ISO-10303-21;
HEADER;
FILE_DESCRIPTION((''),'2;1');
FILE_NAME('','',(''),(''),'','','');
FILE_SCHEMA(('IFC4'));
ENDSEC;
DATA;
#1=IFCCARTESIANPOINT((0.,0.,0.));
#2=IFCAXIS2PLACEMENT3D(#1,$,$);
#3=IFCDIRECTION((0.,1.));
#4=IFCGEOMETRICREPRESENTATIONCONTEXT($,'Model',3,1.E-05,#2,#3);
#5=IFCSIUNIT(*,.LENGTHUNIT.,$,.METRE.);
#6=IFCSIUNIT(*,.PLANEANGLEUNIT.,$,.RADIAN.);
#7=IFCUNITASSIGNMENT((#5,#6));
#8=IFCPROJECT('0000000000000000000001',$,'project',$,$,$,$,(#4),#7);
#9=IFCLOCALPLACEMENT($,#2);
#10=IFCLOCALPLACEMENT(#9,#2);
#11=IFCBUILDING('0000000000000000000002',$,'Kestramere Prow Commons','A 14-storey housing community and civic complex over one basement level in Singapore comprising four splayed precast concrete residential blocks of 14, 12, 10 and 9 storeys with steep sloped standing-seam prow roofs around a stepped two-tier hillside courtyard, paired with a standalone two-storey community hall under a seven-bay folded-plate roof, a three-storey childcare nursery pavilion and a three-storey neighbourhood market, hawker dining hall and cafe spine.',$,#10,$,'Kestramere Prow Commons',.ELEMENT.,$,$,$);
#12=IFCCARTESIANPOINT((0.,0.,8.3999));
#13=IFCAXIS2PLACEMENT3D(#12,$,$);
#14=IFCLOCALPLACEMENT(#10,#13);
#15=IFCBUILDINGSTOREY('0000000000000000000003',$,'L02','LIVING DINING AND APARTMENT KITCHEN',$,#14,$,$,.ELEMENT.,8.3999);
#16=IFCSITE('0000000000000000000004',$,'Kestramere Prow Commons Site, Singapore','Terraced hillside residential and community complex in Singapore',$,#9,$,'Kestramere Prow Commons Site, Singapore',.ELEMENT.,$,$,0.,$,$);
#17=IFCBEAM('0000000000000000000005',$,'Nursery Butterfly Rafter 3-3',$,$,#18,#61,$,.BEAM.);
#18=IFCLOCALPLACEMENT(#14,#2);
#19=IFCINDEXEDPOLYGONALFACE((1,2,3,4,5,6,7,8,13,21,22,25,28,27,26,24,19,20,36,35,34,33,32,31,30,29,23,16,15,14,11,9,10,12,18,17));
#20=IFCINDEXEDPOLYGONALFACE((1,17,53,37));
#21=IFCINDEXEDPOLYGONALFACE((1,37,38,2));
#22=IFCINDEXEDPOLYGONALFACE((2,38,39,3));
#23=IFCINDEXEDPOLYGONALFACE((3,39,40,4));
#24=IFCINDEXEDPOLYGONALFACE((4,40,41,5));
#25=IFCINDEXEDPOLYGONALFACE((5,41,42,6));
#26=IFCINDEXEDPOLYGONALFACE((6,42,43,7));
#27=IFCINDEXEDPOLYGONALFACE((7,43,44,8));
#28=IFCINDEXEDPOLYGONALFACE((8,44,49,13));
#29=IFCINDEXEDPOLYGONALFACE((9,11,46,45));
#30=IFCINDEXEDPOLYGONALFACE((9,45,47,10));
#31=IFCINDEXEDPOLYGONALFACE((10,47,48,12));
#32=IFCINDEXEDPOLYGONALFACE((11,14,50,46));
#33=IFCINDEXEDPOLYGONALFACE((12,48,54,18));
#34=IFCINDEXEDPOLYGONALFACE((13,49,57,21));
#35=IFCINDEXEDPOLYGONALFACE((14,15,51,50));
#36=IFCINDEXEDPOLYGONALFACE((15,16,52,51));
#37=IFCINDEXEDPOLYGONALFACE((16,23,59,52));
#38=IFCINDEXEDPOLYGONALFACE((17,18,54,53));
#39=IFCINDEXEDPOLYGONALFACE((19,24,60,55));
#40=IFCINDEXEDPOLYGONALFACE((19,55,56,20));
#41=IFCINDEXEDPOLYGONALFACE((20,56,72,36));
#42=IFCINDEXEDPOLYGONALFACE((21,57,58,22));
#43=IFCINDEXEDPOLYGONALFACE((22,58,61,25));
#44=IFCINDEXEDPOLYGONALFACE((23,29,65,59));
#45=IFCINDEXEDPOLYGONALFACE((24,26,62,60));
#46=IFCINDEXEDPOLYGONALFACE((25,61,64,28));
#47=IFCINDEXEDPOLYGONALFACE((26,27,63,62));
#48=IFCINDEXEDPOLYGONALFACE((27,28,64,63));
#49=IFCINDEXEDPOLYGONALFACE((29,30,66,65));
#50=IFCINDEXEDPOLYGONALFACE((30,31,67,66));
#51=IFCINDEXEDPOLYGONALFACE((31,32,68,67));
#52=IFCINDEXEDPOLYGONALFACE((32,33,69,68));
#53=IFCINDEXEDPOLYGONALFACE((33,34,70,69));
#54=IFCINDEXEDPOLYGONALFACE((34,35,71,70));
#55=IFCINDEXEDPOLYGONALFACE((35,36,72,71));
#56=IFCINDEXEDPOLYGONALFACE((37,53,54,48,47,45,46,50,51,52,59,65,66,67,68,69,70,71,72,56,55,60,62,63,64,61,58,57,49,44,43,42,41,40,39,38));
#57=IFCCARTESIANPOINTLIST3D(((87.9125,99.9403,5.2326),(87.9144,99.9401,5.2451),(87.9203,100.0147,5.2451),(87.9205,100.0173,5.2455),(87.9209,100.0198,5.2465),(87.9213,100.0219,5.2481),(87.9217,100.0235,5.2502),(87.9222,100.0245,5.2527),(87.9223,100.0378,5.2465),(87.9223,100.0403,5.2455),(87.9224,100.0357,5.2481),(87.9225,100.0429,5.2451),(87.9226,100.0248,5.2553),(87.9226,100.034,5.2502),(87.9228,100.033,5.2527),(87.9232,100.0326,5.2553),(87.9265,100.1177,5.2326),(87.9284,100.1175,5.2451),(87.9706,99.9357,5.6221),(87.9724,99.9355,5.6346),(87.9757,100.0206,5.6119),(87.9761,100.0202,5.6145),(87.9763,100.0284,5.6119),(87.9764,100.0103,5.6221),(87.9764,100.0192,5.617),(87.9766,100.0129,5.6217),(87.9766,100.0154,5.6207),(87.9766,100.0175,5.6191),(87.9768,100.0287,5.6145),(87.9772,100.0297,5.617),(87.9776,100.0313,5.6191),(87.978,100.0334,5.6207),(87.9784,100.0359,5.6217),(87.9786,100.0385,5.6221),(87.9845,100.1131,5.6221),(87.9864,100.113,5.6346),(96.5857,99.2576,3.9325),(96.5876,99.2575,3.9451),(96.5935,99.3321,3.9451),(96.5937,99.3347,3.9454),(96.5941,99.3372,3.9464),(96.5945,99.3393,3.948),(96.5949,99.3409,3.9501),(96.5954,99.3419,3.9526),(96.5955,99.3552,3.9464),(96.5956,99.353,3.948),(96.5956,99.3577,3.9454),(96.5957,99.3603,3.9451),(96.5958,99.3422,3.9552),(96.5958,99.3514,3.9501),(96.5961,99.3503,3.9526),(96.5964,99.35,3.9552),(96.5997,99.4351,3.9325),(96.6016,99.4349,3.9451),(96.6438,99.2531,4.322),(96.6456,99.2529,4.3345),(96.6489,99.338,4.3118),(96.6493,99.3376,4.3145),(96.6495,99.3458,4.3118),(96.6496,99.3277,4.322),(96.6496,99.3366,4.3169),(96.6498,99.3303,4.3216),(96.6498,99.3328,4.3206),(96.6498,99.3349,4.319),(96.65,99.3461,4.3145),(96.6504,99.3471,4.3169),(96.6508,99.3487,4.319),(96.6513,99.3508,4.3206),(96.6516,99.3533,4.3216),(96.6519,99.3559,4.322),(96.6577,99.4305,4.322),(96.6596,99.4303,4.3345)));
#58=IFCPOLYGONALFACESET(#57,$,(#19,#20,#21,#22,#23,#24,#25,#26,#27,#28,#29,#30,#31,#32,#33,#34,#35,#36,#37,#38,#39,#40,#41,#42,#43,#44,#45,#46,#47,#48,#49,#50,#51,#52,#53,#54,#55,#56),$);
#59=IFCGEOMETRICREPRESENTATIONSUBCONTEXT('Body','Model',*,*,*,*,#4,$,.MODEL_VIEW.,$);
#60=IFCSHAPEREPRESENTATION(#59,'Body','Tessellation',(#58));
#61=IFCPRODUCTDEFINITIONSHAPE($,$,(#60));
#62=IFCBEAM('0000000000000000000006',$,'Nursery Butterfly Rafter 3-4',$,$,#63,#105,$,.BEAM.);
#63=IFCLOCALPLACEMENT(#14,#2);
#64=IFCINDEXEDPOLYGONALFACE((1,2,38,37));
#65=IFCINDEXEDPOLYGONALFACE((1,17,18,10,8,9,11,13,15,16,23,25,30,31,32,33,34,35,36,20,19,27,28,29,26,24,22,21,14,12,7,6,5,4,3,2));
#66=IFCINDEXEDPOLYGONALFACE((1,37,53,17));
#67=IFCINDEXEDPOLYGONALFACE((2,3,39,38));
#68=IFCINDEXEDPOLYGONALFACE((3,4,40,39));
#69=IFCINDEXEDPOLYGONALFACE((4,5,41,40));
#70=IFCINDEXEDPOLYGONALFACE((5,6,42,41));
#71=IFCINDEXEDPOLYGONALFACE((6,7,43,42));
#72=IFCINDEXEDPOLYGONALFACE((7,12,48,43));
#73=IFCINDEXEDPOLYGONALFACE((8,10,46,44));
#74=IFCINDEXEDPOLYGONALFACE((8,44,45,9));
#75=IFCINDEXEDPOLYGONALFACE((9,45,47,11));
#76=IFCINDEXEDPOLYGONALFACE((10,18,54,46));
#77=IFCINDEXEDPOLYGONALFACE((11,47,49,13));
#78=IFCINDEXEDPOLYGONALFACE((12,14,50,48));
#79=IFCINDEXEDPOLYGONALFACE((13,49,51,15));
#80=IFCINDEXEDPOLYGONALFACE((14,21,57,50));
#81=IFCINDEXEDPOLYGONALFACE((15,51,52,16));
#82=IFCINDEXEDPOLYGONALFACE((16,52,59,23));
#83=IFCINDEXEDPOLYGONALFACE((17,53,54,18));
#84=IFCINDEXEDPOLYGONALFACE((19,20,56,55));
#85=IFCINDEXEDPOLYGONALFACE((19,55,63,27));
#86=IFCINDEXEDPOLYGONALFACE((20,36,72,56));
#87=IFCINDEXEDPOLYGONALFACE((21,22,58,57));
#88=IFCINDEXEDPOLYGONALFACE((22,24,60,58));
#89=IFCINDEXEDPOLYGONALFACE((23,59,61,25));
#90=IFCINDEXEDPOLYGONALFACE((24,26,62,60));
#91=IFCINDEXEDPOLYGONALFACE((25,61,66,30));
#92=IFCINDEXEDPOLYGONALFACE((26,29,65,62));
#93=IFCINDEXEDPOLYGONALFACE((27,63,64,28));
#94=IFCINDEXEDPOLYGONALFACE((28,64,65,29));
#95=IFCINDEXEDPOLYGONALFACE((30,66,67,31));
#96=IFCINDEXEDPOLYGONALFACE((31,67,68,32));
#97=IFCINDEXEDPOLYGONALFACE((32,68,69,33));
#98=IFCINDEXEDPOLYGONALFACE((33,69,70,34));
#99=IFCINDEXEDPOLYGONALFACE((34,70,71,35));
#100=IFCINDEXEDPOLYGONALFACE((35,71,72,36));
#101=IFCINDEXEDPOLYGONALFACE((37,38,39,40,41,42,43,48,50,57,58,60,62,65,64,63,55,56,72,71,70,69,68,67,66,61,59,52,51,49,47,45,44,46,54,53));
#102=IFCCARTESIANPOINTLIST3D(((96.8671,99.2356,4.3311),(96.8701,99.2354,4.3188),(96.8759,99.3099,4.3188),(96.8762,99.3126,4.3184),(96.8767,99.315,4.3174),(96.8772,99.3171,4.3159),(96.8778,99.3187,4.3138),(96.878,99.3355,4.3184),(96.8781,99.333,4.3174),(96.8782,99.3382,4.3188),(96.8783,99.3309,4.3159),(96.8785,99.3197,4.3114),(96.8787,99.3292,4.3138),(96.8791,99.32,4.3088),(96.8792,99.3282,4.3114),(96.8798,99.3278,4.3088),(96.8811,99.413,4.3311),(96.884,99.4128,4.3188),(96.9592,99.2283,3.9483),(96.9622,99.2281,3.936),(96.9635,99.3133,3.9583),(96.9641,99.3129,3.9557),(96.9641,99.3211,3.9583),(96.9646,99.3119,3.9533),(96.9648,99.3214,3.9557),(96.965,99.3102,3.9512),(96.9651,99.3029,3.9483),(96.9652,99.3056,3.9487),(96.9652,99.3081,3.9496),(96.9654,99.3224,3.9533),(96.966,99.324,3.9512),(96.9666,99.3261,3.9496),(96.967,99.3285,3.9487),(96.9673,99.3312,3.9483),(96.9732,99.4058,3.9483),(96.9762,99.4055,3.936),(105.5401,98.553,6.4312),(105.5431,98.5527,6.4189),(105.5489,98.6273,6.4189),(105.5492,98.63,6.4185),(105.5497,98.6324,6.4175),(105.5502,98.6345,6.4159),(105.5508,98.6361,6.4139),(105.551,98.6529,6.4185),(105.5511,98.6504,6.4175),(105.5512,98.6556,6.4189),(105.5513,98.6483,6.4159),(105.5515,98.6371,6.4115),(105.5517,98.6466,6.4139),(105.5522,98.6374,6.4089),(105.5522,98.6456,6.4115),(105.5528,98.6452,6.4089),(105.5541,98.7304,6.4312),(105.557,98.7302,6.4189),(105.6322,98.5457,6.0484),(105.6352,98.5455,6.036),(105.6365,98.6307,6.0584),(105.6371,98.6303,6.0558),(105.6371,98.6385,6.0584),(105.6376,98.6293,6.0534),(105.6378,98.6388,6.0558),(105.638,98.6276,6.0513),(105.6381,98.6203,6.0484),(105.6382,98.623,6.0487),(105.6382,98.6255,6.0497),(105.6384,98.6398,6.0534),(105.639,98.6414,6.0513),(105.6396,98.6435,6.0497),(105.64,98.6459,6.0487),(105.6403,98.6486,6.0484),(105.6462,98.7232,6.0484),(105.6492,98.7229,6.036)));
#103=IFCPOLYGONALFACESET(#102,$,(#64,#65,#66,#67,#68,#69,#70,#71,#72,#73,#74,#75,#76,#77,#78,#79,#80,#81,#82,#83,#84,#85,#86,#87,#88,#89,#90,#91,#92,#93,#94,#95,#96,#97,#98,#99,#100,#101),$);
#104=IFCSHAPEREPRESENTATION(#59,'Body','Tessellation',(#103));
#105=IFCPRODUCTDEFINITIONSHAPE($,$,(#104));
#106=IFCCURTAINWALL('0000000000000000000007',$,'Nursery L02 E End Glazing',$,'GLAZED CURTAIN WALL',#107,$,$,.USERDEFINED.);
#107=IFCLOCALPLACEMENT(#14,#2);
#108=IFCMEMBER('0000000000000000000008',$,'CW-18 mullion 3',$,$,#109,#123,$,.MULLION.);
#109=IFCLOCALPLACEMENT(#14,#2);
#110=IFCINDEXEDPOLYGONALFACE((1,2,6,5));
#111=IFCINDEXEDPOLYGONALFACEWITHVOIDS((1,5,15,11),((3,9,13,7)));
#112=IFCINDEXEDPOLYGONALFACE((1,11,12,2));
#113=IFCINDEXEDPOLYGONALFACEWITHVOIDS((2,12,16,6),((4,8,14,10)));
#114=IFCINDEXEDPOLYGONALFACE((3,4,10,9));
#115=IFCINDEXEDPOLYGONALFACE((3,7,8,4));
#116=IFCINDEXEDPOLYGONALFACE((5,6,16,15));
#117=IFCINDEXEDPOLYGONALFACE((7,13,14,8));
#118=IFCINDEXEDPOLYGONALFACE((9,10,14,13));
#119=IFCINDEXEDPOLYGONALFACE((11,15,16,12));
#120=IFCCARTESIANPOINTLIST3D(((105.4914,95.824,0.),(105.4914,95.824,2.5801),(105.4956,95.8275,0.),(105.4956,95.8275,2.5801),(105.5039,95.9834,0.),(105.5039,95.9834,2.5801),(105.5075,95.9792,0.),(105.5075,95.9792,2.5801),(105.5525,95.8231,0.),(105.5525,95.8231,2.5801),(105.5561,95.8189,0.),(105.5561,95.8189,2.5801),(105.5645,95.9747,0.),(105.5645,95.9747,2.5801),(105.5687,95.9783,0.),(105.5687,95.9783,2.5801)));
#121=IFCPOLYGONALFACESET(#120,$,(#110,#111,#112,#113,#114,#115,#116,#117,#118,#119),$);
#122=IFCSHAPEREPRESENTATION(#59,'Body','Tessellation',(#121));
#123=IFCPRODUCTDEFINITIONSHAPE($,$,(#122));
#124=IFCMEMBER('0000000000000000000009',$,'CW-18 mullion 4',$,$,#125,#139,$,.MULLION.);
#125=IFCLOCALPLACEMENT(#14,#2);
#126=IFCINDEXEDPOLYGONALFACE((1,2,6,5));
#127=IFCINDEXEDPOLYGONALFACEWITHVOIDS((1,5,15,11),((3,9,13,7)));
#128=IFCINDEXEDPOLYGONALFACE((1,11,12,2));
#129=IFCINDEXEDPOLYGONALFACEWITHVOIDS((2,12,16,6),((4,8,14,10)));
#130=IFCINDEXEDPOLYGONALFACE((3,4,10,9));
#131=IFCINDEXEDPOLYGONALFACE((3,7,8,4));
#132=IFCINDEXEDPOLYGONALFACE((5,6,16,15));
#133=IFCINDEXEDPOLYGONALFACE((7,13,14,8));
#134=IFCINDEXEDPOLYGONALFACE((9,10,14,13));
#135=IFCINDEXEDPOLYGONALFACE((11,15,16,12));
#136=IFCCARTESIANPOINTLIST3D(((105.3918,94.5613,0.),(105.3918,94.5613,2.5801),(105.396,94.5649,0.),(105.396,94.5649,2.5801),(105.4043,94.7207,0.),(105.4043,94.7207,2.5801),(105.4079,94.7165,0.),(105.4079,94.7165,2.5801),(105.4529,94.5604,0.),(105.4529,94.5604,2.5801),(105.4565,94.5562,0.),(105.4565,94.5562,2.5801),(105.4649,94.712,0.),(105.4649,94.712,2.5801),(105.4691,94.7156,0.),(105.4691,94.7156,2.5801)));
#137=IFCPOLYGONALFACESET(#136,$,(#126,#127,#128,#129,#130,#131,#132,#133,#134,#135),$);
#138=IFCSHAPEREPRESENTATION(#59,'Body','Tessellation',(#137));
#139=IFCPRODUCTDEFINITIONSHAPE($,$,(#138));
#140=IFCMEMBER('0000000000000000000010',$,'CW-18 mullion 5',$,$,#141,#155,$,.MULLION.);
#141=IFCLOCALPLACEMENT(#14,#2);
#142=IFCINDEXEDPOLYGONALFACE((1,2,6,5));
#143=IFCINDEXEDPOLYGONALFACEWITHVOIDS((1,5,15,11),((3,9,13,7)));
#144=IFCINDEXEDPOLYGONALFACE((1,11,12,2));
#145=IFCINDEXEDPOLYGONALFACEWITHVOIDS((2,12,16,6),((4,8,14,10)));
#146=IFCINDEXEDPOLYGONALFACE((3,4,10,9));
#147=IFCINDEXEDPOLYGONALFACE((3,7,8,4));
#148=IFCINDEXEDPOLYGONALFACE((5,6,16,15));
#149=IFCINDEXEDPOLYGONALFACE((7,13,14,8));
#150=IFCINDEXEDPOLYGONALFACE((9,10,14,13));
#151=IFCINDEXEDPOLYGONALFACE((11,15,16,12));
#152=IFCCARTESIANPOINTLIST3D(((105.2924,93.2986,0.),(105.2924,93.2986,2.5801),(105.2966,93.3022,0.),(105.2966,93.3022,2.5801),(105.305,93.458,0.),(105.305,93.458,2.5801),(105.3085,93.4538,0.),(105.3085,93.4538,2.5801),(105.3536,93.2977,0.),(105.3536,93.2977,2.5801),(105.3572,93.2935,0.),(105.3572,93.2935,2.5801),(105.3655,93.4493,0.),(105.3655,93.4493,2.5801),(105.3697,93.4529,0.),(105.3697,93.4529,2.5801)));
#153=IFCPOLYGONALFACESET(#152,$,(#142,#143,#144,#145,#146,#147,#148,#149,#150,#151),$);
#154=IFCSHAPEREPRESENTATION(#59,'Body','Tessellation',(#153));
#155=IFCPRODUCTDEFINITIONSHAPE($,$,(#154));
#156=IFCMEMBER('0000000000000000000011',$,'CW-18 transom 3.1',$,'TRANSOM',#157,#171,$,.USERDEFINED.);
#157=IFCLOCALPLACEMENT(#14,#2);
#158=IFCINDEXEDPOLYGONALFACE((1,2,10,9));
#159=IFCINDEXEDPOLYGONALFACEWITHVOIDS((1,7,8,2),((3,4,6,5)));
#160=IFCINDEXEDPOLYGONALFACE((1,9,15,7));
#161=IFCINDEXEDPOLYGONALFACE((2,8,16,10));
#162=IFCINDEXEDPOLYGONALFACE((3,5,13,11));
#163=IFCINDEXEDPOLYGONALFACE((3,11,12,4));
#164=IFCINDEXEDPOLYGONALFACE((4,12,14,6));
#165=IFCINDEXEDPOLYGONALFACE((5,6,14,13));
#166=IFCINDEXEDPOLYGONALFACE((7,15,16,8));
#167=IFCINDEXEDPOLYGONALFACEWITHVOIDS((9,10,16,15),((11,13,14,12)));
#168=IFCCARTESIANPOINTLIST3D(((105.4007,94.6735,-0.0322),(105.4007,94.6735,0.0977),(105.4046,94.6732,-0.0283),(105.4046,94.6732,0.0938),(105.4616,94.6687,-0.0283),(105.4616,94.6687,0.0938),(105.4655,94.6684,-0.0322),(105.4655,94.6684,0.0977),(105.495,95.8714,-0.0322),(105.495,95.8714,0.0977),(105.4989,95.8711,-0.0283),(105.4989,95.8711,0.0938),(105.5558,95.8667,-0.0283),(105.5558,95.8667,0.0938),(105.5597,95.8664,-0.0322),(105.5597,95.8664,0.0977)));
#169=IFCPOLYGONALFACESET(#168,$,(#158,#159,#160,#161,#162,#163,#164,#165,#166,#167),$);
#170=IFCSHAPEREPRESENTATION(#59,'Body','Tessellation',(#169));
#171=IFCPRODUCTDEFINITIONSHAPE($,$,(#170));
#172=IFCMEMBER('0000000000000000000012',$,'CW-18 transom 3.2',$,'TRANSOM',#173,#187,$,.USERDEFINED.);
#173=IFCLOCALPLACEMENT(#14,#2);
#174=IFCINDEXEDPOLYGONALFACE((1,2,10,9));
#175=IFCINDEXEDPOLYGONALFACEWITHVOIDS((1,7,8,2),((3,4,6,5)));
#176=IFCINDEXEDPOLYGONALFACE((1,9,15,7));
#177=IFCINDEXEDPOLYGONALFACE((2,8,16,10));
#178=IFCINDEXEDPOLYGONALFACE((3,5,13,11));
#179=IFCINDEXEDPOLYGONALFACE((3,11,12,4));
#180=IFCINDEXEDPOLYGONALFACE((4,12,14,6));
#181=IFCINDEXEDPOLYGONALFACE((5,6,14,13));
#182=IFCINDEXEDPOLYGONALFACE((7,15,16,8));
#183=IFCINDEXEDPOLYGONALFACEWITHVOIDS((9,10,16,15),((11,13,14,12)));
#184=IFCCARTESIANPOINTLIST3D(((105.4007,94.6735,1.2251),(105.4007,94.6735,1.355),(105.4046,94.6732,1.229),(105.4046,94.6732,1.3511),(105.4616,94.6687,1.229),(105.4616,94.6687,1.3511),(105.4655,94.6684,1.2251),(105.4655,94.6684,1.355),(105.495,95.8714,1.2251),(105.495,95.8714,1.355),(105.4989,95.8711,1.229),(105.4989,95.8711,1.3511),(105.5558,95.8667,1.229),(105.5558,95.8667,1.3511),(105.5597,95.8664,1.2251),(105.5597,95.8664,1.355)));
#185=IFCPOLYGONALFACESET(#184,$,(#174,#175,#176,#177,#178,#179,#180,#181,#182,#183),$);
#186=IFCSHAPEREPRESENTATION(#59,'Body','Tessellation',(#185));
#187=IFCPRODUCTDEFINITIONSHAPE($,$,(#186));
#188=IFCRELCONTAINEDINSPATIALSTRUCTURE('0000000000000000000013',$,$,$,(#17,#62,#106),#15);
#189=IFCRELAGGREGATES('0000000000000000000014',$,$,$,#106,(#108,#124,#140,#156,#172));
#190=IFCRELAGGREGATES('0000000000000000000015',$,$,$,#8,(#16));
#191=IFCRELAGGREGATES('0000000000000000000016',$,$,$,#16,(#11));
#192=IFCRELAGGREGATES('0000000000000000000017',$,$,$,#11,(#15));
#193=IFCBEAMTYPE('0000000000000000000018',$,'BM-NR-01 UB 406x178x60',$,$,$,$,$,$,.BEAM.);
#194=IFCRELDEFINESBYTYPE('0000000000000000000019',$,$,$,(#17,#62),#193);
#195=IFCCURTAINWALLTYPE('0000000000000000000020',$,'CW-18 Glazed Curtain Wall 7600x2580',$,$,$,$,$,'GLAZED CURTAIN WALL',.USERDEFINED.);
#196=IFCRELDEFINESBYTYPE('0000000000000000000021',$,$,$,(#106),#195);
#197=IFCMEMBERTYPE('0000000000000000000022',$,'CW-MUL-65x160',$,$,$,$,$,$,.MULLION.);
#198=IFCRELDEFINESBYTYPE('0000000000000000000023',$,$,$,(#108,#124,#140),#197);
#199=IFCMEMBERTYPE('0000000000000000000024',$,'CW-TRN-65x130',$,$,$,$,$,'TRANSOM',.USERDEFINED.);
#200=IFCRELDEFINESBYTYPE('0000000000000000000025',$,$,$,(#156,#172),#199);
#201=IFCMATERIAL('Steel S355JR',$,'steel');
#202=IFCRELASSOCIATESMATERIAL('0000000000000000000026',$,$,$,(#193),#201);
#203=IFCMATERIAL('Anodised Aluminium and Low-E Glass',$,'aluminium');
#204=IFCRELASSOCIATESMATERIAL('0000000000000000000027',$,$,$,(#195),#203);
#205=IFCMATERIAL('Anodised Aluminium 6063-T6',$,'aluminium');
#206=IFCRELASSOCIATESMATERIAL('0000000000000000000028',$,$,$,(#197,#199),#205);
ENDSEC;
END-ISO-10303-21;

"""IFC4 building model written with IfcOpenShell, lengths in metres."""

from ifc_helpers import new_model, si_unit, direction, frame, origin, origin_2d, place, context, subcontext, project, spatial, hollow_rectangle, i_section, extrude, material, material_profile, profile_set, type_object, element, aggregate, save


model = new_model("IFC4")

# Units and contexts
model_context = context("Model", 3, precision=1e-05, world=origin(), true_north=direction((0.0, 1.0)))
body_context = subcontext(model_context, "Body", "Model", "MODEL_VIEW")
ifc_project = project(units=[si_unit("LENGTHUNIT", "METRE"), si_unit("PLANEANGLEUNIT", "RADIAN")], contexts=[model_context])

# Site, building, storey
site_placement = place(None, origin())
site = spatial("IfcSite", under=ifc_project, at=site_placement, Name="Kestramere Prow Commons Site, Singapore", Description="Terraced hillside residential and community complex in Singapore", LongName="Kestramere Prow Commons Site, Singapore", CompositionType="ELEMENT", RefElevation=0.0)
building_placement = place(site_placement, origin())
building = spatial("IfcBuilding", under=site, at=building_placement, Name="Kestramere Prow Commons", Description="A 14-storey housing community and civic complex over one basement level in Singapore comprising four splayed precast concrete residential blocks of 14, 12, 10 and 9 storeys with steep sloped standing-seam prow roofs around a stepped two-tier hillside courtyard, paired with a standalone two-storey community hall under a seven-bay folded-plate roof, a three-storey childcare nursery pavilion and a three-storey neighbourhood market, hawker dining hall and cafe spine.", LongName="Kestramere Prow Commons", CompositionType="ELEMENT")
storey_placement = place(building_placement, frame((0.0, 0.0, 8.3999)))
storey = spatial("IfcBuildingStorey", under=building, at=storey_placement, Name="L02", Description="LIVING DINING AND APARTMENT KITCHEN", CompositionType="ELEMENT", Elevation=8.3999)

# Shared definitions
ifc_material_1 = material(Name="Steel S355JR", Category="steel")

# Beams
ifc_material_profile_1 = material_profile(ifc_material_1, i_section(OverallWidth=0.178, OverallDepth=0.4065, WebThickness=0.0078, FlangeThickness=0.0127, FilletRadius=0.0103, at=origin_2d()), Name="UB 406x178x60")
ifc_profile_set_1 = profile_set([ifc_material_profile_1], Name="Steel S355JR")
beam_type_1 = type_object("IfcBeamType", Name="BM-NR-01 UB 406x178x60", PredefinedType="BEAM", material=ifc_profile_set_1)
beam_1_placement = place(storey_placement, frame((87.9495, 100.0266, 5.4336), z_axis=(0.985969, -0.077601, -0.147791), x_axis=(0.078462, 0.996917, 0.0)))
element("IfcBeam", 1, at=beam_1_placement, inside=storey, type_object=beam_type_1, Name="Nursery Butterfly Rafter 3-3", PredefinedType="BEAM", context=body_context, shape_type="SweptSolid", body=[
    extrude(i_section(OverallWidth=0.178, OverallDepth=0.4065, WebThickness=0.0078, FlangeThickness=0.0127, FilletRadius=0.0103, at=origin_2d()), origin(), (0.0, 0.0, 1.0), 8.7966),
])
beam_2_placement = place(storey_placement, frame((96.9216, 99.3206, 4.1335), z_axis=(0.969082, -0.076272, 0.234653), x_axis=(0.078462, 0.996917, 0.0)))
element("IfcBeam", 2, at=beam_2_placement, inside=storey, type_object=beam_type_1, Name="Nursery Butterfly Rafter 3-4", PredefinedType="BEAM", context=body_context, shape_type="SweptSolid", body=[
    extrude(i_section(OverallWidth=0.178, OverallDepth=0.4065, WebThickness=0.0078, FlangeThickness=0.0127, FilletRadius=0.0103, at=origin_2d()), origin(), (0.0, 0.0, 1.0), 8.9497),
])

# Curtain wall, members
ifc_material_2 = material(Name="Anodised Aluminium and Low-E Glass", Category="aluminium")
curtain_wall_type = type_object("IfcCurtainWallType", Name="CW-18 Glazed Curtain Wall 7600x2580", ElementType="GLAZED CURTAIN WALL", PredefinedType="USERDEFINED", material=ifc_material_2)
curtain_wall_placement = place(storey_placement, origin())
curtain_wall = element("IfcCurtainWall", 3, at=curtain_wall_placement, inside=storey, type_object=curtain_wall_type, Name="Nursery L02 E End Glazing", ObjectType="GLAZED CURTAIN WALL", PredefinedType="USERDEFINED")
ifc_material_3 = material(Name="Anodised Aluminium 6063-T6", Category="aluminium")
ifc_material_profile_2 = material_profile(ifc_material_3, hollow_rectangle(XDim=0.0649, YDim=0.1599, WallThickness=0.0039, at=origin_2d()), Name="ALU-MUL 65x160")
ifc_profile_set_2 = profile_set([ifc_material_profile_2], Name="Anodised Aluminium 6063-T6")
member_type_1 = type_object("IfcMemberType", Name="CW-MUL-65x160", PredefinedType="MULLION", material=ifc_profile_set_2)
member_1_placement = place(storey_placement, frame((105.53, 95.9011, 0.0), z_axis=(0.0, 0.0, 1.0), x_axis=(0.996917, -0.078459, 0.0)))
member_1 = element("IfcMember", 4, at=member_1_placement, type_object=member_type_1, Name="CW-18 mullion 3", PredefinedType="MULLION", context=body_context, shape_type="SweptSolid", body=[
    extrude(hollow_rectangle(XDim=0.0649, YDim=0.1599, WallThickness=0.0039, at=origin_2d()), origin(), (0.0, 0.0, 1.0), 2.5801),
])
member_2_placement = place(storey_placement, frame((105.4304, 94.6384, 0.0), z_axis=(0.0, 0.0, 1.0), x_axis=(0.996917, -0.078459, 0.0)))
member_2 = element("IfcMember", 5, at=member_2_placement, type_object=member_type_1, Name="CW-18 mullion 4", PredefinedType="MULLION", context=body_context, shape_type="SweptSolid", body=[
    extrude(hollow_rectangle(XDim=0.0649, YDim=0.1599, WallThickness=0.0039, at=origin_2d()), origin(), (0.0, 0.0, 1.0), 2.5801),
])
member_3_placement = place(storey_placement, frame((105.3311, 93.3757, 0.0), z_axis=(0.0, 0.0, 1.0), x_axis=(0.996917, -0.078459, 0.0)))
member_3 = element("IfcMember", 6, at=member_3_placement, type_object=member_type_1, Name="CW-18 mullion 5", PredefinedType="MULLION", context=body_context, shape_type="SweptSolid", body=[
    extrude(hollow_rectangle(XDim=0.0649, YDim=0.1599, WallThickness=0.0039, at=origin_2d()), origin(), (0.0, 0.0, 1.0), 2.5801),
])
ifc_material_profile_3 = material_profile(ifc_material_3, hollow_rectangle(XDim=0.0649, YDim=0.1299, WallThickness=0.0039, at=origin_2d()), Name="ALU-TRN 65x130")
ifc_profile_set_3 = profile_set([ifc_material_profile_3], Name="Anodised Aluminium 6063-T6")
member_type_2 = type_object("IfcMemberType", Name="CW-TRN-65x130", ElementType="TRANSOM", PredefinedType="USERDEFINED", material=ifc_profile_set_3)
member_4_placement = place(storey_placement, frame((105.5273, 95.8689, 0.0327), z_axis=(-0.078421, -0.99692, 0.0), x_axis=(0.99692, -0.078421, 0.0)))
member_4 = element("IfcMember", 7, at=member_4_placement, type_object=member_type_2, Name="CW-18 transom 3.1", ObjectType="TRANSOM", PredefinedType="USERDEFINED", context=body_context, shape_type="SweptSolid", body=[
    extrude(hollow_rectangle(XDim=0.0649, YDim=0.1299, WallThickness=0.0039, at=origin_2d()), origin(), (0.0, 0.0, 1.0), 1.2017),
])
member_5_placement = place(storey_placement, frame((105.5273, 95.8689, 1.29), z_axis=(-0.078421, -0.99692, 0.0), x_axis=(0.99692, -0.078421, 0.0)))
member_5 = element("IfcMember", 8, at=member_5_placement, type_object=member_type_2, Name="CW-18 transom 3.2", ObjectType="TRANSOM", PredefinedType="USERDEFINED", context=body_context, shape_type="SweptSolid", body=[
    extrude(hollow_rectangle(XDim=0.0649, YDim=0.1299, WallThickness=0.0039, at=origin_2d()), origin(), (0.0, 0.0, 1.0), 1.2017),
])

aggregate(curtain_wall, [member_1, member_2, member_3, member_4, member_5])

save(model, "model.ifc")
